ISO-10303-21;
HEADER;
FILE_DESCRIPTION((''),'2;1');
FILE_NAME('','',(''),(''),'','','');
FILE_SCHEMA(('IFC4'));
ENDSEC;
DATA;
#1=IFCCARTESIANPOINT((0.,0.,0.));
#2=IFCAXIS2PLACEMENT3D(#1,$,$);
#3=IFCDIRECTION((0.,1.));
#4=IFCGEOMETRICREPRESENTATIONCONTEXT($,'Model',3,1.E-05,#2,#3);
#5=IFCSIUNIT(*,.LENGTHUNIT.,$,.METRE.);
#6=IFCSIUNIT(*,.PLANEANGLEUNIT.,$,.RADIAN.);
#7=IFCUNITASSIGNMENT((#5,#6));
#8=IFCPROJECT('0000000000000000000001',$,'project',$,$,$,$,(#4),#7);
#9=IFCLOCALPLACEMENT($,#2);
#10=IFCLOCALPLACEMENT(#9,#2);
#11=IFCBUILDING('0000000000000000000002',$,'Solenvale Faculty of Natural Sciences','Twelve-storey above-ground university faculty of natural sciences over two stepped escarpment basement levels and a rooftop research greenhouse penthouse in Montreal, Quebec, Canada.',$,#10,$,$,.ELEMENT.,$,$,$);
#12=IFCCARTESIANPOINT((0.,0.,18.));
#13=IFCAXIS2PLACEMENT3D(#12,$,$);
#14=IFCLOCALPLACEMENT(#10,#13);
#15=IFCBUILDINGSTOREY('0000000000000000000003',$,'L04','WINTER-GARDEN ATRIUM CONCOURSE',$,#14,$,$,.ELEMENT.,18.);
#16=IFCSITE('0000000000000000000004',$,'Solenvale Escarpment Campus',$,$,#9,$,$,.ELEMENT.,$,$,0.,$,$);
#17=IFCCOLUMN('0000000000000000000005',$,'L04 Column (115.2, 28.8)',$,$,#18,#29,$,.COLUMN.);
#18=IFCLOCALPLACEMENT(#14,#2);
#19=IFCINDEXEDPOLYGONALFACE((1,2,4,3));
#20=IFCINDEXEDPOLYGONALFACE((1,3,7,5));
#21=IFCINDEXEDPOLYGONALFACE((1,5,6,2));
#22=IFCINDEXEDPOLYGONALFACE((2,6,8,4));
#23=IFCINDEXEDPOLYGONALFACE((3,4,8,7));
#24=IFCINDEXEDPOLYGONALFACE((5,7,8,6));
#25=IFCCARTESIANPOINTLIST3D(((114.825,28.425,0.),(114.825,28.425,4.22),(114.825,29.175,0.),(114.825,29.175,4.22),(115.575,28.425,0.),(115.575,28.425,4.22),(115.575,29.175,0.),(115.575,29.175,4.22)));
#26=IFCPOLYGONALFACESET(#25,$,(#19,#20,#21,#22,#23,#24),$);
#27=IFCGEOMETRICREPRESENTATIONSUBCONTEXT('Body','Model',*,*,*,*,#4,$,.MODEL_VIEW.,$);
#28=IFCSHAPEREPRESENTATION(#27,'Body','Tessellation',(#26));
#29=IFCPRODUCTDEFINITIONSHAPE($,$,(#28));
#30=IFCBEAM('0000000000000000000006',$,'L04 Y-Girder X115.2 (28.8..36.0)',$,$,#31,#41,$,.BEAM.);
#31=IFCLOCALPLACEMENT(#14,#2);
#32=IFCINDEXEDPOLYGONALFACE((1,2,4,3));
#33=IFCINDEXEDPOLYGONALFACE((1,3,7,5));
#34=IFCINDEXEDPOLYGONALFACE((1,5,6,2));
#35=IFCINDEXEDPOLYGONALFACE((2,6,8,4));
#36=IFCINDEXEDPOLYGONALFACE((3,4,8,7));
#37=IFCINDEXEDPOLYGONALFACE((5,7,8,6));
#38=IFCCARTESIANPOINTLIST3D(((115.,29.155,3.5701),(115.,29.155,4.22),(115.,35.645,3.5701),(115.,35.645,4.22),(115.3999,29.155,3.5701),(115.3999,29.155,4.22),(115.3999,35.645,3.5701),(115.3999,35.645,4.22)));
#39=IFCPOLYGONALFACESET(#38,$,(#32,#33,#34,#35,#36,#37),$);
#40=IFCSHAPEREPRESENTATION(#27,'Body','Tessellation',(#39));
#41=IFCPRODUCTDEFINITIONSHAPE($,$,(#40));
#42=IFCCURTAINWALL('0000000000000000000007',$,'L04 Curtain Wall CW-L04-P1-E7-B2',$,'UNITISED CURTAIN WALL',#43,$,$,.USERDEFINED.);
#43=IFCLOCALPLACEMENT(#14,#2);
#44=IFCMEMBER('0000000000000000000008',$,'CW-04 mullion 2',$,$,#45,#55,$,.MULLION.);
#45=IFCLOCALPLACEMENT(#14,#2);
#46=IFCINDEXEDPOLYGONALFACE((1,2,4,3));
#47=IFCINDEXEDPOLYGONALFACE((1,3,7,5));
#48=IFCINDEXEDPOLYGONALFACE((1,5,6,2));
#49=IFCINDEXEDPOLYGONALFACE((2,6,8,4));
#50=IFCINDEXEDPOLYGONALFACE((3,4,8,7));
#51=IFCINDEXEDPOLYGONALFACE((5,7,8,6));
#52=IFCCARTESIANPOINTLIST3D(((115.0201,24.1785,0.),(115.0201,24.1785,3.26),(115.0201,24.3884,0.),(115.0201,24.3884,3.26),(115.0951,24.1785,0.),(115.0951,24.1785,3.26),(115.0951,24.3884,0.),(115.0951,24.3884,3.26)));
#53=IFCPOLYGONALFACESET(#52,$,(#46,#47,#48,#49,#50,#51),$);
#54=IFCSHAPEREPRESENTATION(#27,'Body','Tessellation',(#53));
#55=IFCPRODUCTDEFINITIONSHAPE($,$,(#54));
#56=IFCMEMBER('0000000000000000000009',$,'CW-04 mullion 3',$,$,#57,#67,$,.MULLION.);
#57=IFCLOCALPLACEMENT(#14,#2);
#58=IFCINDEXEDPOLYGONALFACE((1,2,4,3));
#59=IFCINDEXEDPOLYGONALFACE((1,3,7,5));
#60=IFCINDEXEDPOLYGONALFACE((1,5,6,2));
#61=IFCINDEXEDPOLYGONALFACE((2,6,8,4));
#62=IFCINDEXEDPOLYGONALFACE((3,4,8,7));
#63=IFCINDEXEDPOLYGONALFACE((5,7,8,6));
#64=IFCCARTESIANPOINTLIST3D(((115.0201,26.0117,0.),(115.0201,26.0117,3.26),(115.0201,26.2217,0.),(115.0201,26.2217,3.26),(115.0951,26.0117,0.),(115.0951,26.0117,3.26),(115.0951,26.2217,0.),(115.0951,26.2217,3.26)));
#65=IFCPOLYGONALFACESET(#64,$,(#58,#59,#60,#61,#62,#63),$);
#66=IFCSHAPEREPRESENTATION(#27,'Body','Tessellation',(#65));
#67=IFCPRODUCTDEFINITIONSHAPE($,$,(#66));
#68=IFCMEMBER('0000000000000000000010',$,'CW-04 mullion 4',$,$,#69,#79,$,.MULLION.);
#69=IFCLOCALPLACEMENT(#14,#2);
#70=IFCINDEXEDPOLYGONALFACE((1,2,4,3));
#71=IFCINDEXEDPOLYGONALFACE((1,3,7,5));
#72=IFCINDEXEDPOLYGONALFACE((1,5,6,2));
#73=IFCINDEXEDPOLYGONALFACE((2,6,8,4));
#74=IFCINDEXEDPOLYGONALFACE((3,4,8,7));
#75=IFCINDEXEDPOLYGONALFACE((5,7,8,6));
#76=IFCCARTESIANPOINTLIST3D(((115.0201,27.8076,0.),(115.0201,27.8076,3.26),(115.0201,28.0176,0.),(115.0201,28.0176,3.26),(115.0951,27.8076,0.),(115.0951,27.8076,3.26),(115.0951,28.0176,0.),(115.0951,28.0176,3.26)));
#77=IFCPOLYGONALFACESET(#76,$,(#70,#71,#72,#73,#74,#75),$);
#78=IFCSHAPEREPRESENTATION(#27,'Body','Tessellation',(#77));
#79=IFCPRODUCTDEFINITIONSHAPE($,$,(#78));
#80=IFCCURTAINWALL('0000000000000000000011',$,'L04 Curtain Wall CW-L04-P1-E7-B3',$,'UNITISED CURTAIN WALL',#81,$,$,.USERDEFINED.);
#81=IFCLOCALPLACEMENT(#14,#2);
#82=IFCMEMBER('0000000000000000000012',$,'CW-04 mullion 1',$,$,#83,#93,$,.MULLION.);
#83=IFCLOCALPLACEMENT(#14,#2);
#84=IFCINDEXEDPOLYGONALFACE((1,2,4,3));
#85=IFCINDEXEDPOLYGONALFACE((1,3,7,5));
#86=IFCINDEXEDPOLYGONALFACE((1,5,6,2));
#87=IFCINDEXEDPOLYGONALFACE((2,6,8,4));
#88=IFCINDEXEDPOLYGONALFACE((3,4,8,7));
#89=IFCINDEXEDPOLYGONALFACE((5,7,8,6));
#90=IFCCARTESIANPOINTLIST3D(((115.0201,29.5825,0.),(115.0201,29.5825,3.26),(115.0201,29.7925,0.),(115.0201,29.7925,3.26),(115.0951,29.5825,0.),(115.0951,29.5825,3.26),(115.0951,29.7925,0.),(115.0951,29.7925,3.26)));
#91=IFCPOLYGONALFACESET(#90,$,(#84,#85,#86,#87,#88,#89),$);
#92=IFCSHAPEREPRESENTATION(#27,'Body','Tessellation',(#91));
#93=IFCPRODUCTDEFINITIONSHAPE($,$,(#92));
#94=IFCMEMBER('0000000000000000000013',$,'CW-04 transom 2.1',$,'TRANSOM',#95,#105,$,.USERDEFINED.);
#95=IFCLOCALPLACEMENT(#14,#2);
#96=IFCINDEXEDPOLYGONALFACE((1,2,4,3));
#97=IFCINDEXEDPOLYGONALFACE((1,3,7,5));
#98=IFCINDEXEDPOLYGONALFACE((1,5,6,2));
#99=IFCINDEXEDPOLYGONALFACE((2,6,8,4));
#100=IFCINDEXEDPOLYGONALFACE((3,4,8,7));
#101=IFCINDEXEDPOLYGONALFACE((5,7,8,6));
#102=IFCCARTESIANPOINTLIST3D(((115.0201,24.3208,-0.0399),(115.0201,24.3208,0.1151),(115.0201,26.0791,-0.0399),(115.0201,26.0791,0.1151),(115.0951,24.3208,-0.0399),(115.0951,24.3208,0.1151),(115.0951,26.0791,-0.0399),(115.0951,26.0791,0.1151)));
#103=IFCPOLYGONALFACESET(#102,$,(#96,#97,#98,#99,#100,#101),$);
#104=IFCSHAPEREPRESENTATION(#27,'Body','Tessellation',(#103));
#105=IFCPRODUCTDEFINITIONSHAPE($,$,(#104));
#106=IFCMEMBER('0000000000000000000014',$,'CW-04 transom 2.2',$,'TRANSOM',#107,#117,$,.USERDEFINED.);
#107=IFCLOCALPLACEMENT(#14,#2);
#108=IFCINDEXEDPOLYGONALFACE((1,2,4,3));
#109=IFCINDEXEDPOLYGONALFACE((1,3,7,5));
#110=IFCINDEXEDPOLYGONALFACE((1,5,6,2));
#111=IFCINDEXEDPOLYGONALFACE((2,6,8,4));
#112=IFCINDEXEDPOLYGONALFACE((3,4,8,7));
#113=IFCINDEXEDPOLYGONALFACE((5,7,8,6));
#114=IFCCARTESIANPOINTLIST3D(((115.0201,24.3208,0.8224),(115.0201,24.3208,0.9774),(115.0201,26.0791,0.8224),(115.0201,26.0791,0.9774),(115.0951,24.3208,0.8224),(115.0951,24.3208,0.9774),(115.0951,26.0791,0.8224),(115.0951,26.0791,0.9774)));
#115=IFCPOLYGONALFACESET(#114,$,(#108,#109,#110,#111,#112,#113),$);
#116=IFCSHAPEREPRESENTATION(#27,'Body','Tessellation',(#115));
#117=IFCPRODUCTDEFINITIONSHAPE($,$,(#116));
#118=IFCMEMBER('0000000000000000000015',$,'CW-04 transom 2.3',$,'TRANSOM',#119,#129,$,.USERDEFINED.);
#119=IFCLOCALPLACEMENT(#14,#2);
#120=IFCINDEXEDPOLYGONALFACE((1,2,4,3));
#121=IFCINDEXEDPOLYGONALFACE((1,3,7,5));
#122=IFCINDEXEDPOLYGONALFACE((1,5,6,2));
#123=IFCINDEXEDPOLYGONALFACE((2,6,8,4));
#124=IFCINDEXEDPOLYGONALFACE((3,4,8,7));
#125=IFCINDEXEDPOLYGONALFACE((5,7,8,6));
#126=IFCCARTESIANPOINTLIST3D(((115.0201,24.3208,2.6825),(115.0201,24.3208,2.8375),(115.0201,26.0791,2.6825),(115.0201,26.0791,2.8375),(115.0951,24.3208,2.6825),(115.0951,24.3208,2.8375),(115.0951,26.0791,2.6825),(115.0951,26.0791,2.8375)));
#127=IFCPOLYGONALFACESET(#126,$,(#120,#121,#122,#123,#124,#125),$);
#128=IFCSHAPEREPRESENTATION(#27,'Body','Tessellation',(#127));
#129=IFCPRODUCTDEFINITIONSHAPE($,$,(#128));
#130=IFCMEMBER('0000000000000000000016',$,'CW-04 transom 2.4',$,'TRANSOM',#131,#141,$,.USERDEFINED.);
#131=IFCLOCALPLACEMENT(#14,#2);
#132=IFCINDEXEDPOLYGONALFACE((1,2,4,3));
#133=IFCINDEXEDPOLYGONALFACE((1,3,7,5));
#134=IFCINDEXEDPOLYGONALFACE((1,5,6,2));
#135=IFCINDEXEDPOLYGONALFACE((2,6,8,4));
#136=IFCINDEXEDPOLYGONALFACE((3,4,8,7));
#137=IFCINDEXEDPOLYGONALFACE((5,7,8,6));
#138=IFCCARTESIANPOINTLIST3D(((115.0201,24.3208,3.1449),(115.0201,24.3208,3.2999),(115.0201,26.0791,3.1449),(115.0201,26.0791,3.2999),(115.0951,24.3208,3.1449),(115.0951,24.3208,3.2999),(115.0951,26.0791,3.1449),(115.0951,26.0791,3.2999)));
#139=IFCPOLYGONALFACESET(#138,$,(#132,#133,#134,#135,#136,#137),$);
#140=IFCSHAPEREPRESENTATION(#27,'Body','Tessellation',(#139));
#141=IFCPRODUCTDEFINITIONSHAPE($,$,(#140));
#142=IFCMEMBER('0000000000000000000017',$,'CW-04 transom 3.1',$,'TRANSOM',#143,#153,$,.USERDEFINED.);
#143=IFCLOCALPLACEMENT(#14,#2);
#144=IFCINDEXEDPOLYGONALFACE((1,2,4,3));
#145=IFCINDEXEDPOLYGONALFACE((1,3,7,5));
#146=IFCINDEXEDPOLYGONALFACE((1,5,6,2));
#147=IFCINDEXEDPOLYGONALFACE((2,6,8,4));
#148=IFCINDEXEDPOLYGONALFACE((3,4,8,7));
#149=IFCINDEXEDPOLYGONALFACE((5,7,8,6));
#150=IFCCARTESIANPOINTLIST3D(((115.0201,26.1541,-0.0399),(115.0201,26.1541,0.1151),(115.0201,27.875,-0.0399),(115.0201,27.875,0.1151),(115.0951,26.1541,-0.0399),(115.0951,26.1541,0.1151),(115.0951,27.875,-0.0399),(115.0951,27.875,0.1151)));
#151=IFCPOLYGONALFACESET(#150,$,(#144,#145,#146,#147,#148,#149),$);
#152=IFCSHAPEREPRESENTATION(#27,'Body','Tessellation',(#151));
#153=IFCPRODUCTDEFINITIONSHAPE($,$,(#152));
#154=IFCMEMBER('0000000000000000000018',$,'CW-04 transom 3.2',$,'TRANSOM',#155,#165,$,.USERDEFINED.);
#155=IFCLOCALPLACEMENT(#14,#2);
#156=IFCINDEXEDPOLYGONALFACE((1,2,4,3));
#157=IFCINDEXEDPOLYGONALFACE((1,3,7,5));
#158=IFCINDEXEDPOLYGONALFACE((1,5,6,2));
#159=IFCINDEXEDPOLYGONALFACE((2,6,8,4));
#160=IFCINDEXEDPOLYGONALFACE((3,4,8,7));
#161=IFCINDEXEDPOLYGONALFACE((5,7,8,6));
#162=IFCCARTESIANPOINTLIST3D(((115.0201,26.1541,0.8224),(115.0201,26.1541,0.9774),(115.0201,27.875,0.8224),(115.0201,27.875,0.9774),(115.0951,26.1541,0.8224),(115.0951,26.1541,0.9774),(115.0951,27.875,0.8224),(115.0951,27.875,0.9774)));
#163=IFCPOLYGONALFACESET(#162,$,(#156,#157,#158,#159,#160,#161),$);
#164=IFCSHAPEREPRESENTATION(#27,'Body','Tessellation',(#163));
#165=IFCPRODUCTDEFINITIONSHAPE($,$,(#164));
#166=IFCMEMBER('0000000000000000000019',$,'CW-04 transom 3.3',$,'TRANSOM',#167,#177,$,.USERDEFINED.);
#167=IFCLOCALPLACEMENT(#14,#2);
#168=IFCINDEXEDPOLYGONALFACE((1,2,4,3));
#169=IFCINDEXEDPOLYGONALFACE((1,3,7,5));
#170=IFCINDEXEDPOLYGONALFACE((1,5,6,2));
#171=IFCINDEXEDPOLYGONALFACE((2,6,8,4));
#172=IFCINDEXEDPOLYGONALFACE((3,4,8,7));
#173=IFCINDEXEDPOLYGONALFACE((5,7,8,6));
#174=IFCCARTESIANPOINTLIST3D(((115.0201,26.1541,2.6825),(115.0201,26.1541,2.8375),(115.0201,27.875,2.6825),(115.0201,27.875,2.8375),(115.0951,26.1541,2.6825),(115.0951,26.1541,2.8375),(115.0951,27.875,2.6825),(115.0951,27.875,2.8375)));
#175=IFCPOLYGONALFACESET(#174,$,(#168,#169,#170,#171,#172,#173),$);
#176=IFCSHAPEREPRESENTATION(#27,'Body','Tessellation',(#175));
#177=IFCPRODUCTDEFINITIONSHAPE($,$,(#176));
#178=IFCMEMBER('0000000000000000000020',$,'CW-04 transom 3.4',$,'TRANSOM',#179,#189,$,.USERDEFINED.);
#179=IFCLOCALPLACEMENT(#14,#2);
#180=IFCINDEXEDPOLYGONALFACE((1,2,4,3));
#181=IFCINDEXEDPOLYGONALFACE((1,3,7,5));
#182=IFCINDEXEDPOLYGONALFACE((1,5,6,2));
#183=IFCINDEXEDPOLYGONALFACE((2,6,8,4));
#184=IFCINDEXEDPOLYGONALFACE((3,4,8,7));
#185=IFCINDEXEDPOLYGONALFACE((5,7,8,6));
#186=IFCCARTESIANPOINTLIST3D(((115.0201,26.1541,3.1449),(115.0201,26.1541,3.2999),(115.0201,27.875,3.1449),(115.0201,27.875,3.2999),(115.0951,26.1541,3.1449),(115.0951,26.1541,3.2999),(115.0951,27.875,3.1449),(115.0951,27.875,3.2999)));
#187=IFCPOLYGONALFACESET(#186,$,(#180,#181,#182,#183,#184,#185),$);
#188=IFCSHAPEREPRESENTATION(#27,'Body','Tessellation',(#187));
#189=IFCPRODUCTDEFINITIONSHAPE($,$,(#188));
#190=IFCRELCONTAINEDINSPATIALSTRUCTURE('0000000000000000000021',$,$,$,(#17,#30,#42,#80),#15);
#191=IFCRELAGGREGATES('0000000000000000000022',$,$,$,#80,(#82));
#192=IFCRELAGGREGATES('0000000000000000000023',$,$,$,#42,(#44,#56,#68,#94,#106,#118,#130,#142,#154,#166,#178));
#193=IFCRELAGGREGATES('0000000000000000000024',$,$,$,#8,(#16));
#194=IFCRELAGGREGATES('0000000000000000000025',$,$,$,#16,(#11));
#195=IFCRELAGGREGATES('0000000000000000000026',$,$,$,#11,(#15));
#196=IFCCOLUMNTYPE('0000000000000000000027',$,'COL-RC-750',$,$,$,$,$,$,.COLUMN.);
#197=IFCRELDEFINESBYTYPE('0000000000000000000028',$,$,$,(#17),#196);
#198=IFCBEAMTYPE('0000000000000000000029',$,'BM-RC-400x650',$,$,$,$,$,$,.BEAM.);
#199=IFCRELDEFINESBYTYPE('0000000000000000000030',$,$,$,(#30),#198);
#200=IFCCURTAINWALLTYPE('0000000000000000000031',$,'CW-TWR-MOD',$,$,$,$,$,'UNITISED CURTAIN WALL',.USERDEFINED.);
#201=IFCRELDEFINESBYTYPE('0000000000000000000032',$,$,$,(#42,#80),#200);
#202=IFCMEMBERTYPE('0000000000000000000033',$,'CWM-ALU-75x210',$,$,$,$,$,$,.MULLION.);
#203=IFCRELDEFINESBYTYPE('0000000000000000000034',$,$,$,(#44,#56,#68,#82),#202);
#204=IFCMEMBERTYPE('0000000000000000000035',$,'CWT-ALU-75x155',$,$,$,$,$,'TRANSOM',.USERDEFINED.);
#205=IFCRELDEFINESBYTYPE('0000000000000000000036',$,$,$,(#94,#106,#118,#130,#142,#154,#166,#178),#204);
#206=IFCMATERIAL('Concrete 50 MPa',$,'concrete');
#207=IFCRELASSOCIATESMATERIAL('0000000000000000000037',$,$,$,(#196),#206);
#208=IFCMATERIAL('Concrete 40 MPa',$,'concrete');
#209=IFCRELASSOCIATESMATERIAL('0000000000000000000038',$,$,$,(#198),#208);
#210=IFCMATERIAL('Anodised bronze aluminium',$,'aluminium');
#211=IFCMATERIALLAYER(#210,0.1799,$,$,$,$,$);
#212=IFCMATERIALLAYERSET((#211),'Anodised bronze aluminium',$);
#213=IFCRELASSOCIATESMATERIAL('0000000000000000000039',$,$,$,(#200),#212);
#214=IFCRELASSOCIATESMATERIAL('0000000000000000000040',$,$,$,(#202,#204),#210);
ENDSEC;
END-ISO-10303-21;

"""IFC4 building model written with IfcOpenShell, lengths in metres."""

from ifc_helpers import new_model, si_unit, direction, frame, origin, origin_2d, place, context, subcontext, project, spatial, rectangle, extrude, material, layer, layer_set, material_profile, profile_set, type_object, element, aggregate, save


model = new_model("IFC4")

# Units and contexts
model_context = context("Model", 3, precision=1e-05, world=origin(), true_north=direction((0.0, 1.0)))
body_context = subcontext(model_context, "Body", "Model", "MODEL_VIEW")
ifc_project = project(units=[si_unit("LENGTHUNIT", "METRE"), si_unit("PLANEANGLEUNIT", "RADIAN")], contexts=[model_context])

# Site, building, storey
site_placement = place(None, origin())
site = spatial("IfcSite", under=ifc_project, at=site_placement, Name="Solenvale Escarpment Campus", CompositionType="ELEMENT", RefElevation=0.0)
building_placement = place(site_placement, origin())
building = spatial("IfcBuilding", under=site, at=building_placement, Name="Solenvale Faculty of Natural Sciences", Description="Twelve-storey above-ground university faculty of natural sciences over two stepped escarpment basement levels and a rooftop research greenhouse penthouse in Montreal, Quebec, Canada.", CompositionType="ELEMENT")
storey_placement = place(building_placement, frame((0.0, 0.0, 18.0)))
storey = spatial("IfcBuildingStorey", under=building, at=storey_placement, Name="L04", Description="WINTER-GARDEN ATRIUM CONCOURSE", CompositionType="ELEMENT", Elevation=18.0)

# Column
ifc_material_1 = material(Name="Concrete 50 MPa", Category="concrete")
ifc_material_profile_1 = material_profile(ifc_material_1, rectangle(XDim=0.75, YDim=0.75, at=origin_2d()), Name="RC-COL-750x750")
ifc_profile_set_1 = profile_set([ifc_material_profile_1], Name="Concrete 50 MPa")
column_type = type_object("IfcColumnType", Name="COL-RC-750", PredefinedType="COLUMN", material=ifc_profile_set_1)
column_placement = place(storey_placement, frame((115.2, 28.8, 0.0), z_axis=(0.0, 0.0, 1.0), x_axis=(1.0, 0.0, 0.0)))
element("IfcColumn", 1, at=column_placement, inside=storey, type_object=column_type, Name="L04 Column (115.2, 28.8)", PredefinedType="COLUMN", context=body_context, shape_type="SweptSolid", body=[
    extrude(rectangle(XDim=0.75, YDim=0.75, at=origin_2d()), origin(), (0.0, 0.0, 1.0), 4.22),
])

# Beam
ifc_material_2 = material(Name="Concrete 40 MPa", Category="concrete")
ifc_material_profile_2 = material_profile(ifc_material_2, rectangle(XDim=0.3999, YDim=0.6499, at=origin_2d()), Name="RC-BM-400x650")
ifc_profile_set_2 = profile_set([ifc_material_profile_2], Name="Concrete 40 MPa")
beam_type = type_object("IfcBeamType", Name="BM-RC-400x650", PredefinedType="BEAM", material=ifc_profile_set_2)
beam_placement = place(storey_placement, frame((115.2, 29.155, 3.895), z_axis=(0.0, 1.0, 0.0), x_axis=(-1.0, 0.0, 0.0)))
element("IfcBeam", 2, at=beam_placement, inside=storey, type_object=beam_type, Name="L04 Y-Girder X115.2 (28.8..36.0)", PredefinedType="BEAM", context=body_context, shape_type="SweptSolid", body=[
    extrude(rectangle(XDim=0.3999, YDim=0.6499, at=origin_2d()), origin(), (0.0, 0.0, 1.0), 6.49),
])

# Curtain wall, members
ifc_material_3 = material(Name="Anodised bronze aluminium", Category="aluminium")
ifc_layer_1 = layer(ifc_material_3, 0.1799)
ifc_layer_set_1 = layer_set([ifc_layer_1], Name="Anodised bronze aluminium")
curtain_wall_type = type_object("IfcCurtainWallType", Name="CW-TWR-MOD", ElementType="UNITISED CURTAIN WALL", PredefinedType="USERDEFINED", material=ifc_layer_set_1)
curtain_wall_1_placement = place(storey_placement, origin())
curtain_wall_1 = element("IfcCurtainWall", 3, at=curtain_wall_1_placement, inside=storey, type_object=curtain_wall_type, Name="L04 Curtain Wall CW-L04-P1-E7-B2", ObjectType="UNITISED CURTAIN WALL", PredefinedType="USERDEFINED")
ifc_material_profile_3 = material_profile(ifc_material_3, rectangle(XDim=0.075, YDim=0.21, at=origin_2d()), Name="ALU-MUL-75x210")
ifc_profile_set_3 = profile_set([ifc_material_profile_3], Name="Anodised bronze aluminium")
member_type_1 = type_object("IfcMemberType", Name="CWM-ALU-75x210", PredefinedType="MULLION", material=ifc_profile_set_3)
member_1_placement = place(storey_placement, frame((115.0576, 24.2834, 0.0), z_axis=(0.0, 0.0, 1.0), x_axis=(-1.0, 0.0, 0.0)))
member_1 = element("IfcMember", 4, at=member_1_placement, type_object=member_type_1, Name="CW-04 mullion 2", PredefinedType="MULLION", context=body_context, shape_type="SweptSolid", body=[
    extrude(rectangle(XDim=0.075, YDim=0.21, at=origin_2d()), origin(), (0.0, 0.0, 1.0), 3.26),
])
member_2_placement = place(storey_placement, frame((115.0576, 26.1167, 0.0), z_axis=(0.0, 0.0, 1.0), x_axis=(-1.0, 0.0, 0.0)))
member_2 = element("IfcMember", 5, at=member_2_placement, type_object=member_type_1, Name="CW-04 mullion 3", PredefinedType="MULLION", context=body_context, shape_type="SweptSolid", body=[
    extrude(rectangle(XDim=0.075, YDim=0.21, at=origin_2d()), origin(), (0.0, 0.0, 1.0), 3.26),
])
member_3_placement = place(storey_placement, frame((115.0576, 27.9126, 0.0), z_axis=(0.0, 0.0, 1.0), x_axis=(-1.0, 0.0, 0.0)))
member_3 = element("IfcMember", 6, at=member_3_placement, type_object=member_type_1, Name="CW-04 mullion 4", PredefinedType="MULLION", context=body_context, shape_type="SweptSolid", body=[
    extrude(rectangle(XDim=0.075, YDim=0.21, at=origin_2d()), origin(), (0.0, 0.0, 1.0), 3.26),
])

# Curtain wall, member
curtain_wall_2_placement = place(storey_placement, origin())
curtain_wall_2 = element("IfcCurtainWall", 7, at=curtain_wall_2_placement, inside=storey, type_object=curtain_wall_type, Name="L04 Curtain Wall CW-L04-P1-E7-B3", ObjectType="UNITISED CURTAIN WALL", PredefinedType="USERDEFINED")
member_4_placement = place(storey_placement, frame((115.0576, 29.6875, 0.0), z_axis=(0.0, 0.0, 1.0), x_axis=(-1.0, 0.0, 0.0)))
member_4 = element("IfcMember", 8, at=member_4_placement, type_object=member_type_1, Name="CW-04 mullion 1", PredefinedType="MULLION", context=body_context, shape_type="SweptSolid", body=[
    extrude(rectangle(XDim=0.075, YDim=0.21, at=origin_2d()), origin(), (0.0, 0.0, 1.0), 3.26),
])

# Members
ifc_material_profile_4 = material_profile(ifc_material_3, rectangle(XDim=0.075, YDim=0.155, at=origin_2d()), Name="ALU-TRN-75x155")
ifc_profile_set_4 = profile_set([ifc_material_profile_4], Name="Anodised bronze aluminium")
member_type_2 = type_object("IfcMemberType", Name="CWT-ALU-75x155", ElementType="TRANSOM", PredefinedType="USERDEFINED", material=ifc_profile_set_4)
member_5_placement = place(storey_placement, frame((115.0576, 24.3208, 0.0376), z_axis=(0.0, 1.0, 0.0), x_axis=(-1.0, 0.0, 0.0)))
member_5 = element("IfcMember", 9, at=member_5_placement, type_object=member_type_2, Name="CW-04 transom 2.1", ObjectType="TRANSOM", PredefinedType="USERDEFINED", context=body_context, shape_type="SweptSolid", body=[
    extrude(rectangle(XDim=0.075, YDim=0.155, at=origin_2d()), origin(), (0.0, 0.0, 1.0), 1.7583),
])
member_6_placement = place(storey_placement, frame((115.0576, 24.3208, 0.8999), z_axis=(0.0, 1.0, 0.0), x_axis=(-1.0, 0.0, 0.0)))
member_6 = element("IfcMember", 10, at=member_6_placement, type_object=member_type_2, Name="CW-04 transom 2.2", ObjectType="TRANSOM", PredefinedType="USERDEFINED", context=body_context, shape_type="SweptSolid", body=[
    extrude(rectangle(XDim=0.075, YDim=0.155, at=origin_2d()), origin(), (0.0, 0.0, 1.0), 1.7583),
])
member_7_placement = place(storey_placement, frame((115.0576, 24.3208, 2.76), z_axis=(0.0, 1.0, 0.0), x_axis=(-1.0, 0.0, 0.0)))
member_7 = element("IfcMember", 11, at=member_7_placement, type_object=member_type_2, Name="CW-04 transom 2.3", ObjectType="TRANSOM", PredefinedType="USERDEFINED", context=body_context, shape_type="SweptSolid", body=[
    extrude(rectangle(XDim=0.075, YDim=0.155, at=origin_2d()), origin(), (0.0, 0.0, 1.0), 1.7583),
])
member_8_placement = place(storey_placement, frame((115.0576, 24.3208, 3.2224), z_axis=(0.0, 1.0, 0.0), x_axis=(-1.0, 0.0, 0.0)))
member_8 = element("IfcMember", 12, at=member_8_placement, type_object=member_type_2, Name="CW-04 transom 2.4", ObjectType="TRANSOM", PredefinedType="USERDEFINED", context=body_context, shape_type="SweptSolid", body=[
    extrude(rectangle(XDim=0.075, YDim=0.155, at=origin_2d()), origin(), (0.0, 0.0, 1.0), 1.7583),
])
member_9_placement = place(storey_placement, frame((115.0576, 26.1541, 0.0376), z_axis=(0.0, 1.0, 0.0), x_axis=(-1.0, 0.0, 0.0)))
member_9 = element("IfcMember", 13, at=member_9_placement, type_object=member_type_2, Name="CW-04 transom 3.1", ObjectType="TRANSOM", PredefinedType="USERDEFINED", context=body_context, shape_type="SweptSolid", body=[
    extrude(rectangle(XDim=0.075, YDim=0.155, at=origin_2d()), origin(), (0.0, 0.0, 1.0), 1.7209),
])
member_10_placement = place(storey_placement, frame((115.0576, 26.1541, 0.8999), z_axis=(0.0, 1.0, 0.0), x_axis=(-1.0, 0.0, 0.0)))
member_10 = element("IfcMember", 14, at=member_10_placement, type_object=member_type_2, Name="CW-04 transom 3.2", ObjectType="TRANSOM", PredefinedType="USERDEFINED", context=body_context, shape_type="SweptSolid", body=[
    extrude(rectangle(XDim=0.075, YDim=0.155, at=origin_2d()), origin(), (0.0, 0.0, 1.0), 1.7209),
])
member_11_placement = place(storey_placement, frame((115.0576, 26.1541, 2.76), z_axis=(0.0, 1.0, 0.0), x_axis=(-1.0, 0.0, 0.0)))
member_11 = element("IfcMember", 15, at=member_11_placement, type_object=member_type_2, Name="CW-04 transom 3.3", ObjectType="TRANSOM", PredefinedType="USERDEFINED", context=body_context, shape_type="SweptSolid", body=[
    extrude(rectangle(XDim=0.075, YDim=0.155, at=origin_2d()), origin(), (0.0, 0.0, 1.0), 1.7209),
])
member_12_placement = place(storey_placement, frame((115.0576, 26.1541, 3.2224), z_axis=(0.0, 1.0, 0.0), x_axis=(-1.0, 0.0, 0.0)))
member_12 = element("IfcMember", 16, at=member_12_placement, type_object=member_type_2, Name="CW-04 transom 3.4", ObjectType="TRANSOM", PredefinedType="USERDEFINED", context=body_context, shape_type="SweptSolid", body=[
    extrude(rectangle(XDim=0.075, YDim=0.155, at=origin_2d()), origin(), (0.0, 0.0, 1.0), 1.7209),
])
aggregate(curtain_wall_2, [member_4])

aggregate(curtain_wall_1, [member_1, member_2, member_3, member_5, member_6, member_7, member_8, member_9, member_10, member_11, member_12])

save(model, "model.ifc")
